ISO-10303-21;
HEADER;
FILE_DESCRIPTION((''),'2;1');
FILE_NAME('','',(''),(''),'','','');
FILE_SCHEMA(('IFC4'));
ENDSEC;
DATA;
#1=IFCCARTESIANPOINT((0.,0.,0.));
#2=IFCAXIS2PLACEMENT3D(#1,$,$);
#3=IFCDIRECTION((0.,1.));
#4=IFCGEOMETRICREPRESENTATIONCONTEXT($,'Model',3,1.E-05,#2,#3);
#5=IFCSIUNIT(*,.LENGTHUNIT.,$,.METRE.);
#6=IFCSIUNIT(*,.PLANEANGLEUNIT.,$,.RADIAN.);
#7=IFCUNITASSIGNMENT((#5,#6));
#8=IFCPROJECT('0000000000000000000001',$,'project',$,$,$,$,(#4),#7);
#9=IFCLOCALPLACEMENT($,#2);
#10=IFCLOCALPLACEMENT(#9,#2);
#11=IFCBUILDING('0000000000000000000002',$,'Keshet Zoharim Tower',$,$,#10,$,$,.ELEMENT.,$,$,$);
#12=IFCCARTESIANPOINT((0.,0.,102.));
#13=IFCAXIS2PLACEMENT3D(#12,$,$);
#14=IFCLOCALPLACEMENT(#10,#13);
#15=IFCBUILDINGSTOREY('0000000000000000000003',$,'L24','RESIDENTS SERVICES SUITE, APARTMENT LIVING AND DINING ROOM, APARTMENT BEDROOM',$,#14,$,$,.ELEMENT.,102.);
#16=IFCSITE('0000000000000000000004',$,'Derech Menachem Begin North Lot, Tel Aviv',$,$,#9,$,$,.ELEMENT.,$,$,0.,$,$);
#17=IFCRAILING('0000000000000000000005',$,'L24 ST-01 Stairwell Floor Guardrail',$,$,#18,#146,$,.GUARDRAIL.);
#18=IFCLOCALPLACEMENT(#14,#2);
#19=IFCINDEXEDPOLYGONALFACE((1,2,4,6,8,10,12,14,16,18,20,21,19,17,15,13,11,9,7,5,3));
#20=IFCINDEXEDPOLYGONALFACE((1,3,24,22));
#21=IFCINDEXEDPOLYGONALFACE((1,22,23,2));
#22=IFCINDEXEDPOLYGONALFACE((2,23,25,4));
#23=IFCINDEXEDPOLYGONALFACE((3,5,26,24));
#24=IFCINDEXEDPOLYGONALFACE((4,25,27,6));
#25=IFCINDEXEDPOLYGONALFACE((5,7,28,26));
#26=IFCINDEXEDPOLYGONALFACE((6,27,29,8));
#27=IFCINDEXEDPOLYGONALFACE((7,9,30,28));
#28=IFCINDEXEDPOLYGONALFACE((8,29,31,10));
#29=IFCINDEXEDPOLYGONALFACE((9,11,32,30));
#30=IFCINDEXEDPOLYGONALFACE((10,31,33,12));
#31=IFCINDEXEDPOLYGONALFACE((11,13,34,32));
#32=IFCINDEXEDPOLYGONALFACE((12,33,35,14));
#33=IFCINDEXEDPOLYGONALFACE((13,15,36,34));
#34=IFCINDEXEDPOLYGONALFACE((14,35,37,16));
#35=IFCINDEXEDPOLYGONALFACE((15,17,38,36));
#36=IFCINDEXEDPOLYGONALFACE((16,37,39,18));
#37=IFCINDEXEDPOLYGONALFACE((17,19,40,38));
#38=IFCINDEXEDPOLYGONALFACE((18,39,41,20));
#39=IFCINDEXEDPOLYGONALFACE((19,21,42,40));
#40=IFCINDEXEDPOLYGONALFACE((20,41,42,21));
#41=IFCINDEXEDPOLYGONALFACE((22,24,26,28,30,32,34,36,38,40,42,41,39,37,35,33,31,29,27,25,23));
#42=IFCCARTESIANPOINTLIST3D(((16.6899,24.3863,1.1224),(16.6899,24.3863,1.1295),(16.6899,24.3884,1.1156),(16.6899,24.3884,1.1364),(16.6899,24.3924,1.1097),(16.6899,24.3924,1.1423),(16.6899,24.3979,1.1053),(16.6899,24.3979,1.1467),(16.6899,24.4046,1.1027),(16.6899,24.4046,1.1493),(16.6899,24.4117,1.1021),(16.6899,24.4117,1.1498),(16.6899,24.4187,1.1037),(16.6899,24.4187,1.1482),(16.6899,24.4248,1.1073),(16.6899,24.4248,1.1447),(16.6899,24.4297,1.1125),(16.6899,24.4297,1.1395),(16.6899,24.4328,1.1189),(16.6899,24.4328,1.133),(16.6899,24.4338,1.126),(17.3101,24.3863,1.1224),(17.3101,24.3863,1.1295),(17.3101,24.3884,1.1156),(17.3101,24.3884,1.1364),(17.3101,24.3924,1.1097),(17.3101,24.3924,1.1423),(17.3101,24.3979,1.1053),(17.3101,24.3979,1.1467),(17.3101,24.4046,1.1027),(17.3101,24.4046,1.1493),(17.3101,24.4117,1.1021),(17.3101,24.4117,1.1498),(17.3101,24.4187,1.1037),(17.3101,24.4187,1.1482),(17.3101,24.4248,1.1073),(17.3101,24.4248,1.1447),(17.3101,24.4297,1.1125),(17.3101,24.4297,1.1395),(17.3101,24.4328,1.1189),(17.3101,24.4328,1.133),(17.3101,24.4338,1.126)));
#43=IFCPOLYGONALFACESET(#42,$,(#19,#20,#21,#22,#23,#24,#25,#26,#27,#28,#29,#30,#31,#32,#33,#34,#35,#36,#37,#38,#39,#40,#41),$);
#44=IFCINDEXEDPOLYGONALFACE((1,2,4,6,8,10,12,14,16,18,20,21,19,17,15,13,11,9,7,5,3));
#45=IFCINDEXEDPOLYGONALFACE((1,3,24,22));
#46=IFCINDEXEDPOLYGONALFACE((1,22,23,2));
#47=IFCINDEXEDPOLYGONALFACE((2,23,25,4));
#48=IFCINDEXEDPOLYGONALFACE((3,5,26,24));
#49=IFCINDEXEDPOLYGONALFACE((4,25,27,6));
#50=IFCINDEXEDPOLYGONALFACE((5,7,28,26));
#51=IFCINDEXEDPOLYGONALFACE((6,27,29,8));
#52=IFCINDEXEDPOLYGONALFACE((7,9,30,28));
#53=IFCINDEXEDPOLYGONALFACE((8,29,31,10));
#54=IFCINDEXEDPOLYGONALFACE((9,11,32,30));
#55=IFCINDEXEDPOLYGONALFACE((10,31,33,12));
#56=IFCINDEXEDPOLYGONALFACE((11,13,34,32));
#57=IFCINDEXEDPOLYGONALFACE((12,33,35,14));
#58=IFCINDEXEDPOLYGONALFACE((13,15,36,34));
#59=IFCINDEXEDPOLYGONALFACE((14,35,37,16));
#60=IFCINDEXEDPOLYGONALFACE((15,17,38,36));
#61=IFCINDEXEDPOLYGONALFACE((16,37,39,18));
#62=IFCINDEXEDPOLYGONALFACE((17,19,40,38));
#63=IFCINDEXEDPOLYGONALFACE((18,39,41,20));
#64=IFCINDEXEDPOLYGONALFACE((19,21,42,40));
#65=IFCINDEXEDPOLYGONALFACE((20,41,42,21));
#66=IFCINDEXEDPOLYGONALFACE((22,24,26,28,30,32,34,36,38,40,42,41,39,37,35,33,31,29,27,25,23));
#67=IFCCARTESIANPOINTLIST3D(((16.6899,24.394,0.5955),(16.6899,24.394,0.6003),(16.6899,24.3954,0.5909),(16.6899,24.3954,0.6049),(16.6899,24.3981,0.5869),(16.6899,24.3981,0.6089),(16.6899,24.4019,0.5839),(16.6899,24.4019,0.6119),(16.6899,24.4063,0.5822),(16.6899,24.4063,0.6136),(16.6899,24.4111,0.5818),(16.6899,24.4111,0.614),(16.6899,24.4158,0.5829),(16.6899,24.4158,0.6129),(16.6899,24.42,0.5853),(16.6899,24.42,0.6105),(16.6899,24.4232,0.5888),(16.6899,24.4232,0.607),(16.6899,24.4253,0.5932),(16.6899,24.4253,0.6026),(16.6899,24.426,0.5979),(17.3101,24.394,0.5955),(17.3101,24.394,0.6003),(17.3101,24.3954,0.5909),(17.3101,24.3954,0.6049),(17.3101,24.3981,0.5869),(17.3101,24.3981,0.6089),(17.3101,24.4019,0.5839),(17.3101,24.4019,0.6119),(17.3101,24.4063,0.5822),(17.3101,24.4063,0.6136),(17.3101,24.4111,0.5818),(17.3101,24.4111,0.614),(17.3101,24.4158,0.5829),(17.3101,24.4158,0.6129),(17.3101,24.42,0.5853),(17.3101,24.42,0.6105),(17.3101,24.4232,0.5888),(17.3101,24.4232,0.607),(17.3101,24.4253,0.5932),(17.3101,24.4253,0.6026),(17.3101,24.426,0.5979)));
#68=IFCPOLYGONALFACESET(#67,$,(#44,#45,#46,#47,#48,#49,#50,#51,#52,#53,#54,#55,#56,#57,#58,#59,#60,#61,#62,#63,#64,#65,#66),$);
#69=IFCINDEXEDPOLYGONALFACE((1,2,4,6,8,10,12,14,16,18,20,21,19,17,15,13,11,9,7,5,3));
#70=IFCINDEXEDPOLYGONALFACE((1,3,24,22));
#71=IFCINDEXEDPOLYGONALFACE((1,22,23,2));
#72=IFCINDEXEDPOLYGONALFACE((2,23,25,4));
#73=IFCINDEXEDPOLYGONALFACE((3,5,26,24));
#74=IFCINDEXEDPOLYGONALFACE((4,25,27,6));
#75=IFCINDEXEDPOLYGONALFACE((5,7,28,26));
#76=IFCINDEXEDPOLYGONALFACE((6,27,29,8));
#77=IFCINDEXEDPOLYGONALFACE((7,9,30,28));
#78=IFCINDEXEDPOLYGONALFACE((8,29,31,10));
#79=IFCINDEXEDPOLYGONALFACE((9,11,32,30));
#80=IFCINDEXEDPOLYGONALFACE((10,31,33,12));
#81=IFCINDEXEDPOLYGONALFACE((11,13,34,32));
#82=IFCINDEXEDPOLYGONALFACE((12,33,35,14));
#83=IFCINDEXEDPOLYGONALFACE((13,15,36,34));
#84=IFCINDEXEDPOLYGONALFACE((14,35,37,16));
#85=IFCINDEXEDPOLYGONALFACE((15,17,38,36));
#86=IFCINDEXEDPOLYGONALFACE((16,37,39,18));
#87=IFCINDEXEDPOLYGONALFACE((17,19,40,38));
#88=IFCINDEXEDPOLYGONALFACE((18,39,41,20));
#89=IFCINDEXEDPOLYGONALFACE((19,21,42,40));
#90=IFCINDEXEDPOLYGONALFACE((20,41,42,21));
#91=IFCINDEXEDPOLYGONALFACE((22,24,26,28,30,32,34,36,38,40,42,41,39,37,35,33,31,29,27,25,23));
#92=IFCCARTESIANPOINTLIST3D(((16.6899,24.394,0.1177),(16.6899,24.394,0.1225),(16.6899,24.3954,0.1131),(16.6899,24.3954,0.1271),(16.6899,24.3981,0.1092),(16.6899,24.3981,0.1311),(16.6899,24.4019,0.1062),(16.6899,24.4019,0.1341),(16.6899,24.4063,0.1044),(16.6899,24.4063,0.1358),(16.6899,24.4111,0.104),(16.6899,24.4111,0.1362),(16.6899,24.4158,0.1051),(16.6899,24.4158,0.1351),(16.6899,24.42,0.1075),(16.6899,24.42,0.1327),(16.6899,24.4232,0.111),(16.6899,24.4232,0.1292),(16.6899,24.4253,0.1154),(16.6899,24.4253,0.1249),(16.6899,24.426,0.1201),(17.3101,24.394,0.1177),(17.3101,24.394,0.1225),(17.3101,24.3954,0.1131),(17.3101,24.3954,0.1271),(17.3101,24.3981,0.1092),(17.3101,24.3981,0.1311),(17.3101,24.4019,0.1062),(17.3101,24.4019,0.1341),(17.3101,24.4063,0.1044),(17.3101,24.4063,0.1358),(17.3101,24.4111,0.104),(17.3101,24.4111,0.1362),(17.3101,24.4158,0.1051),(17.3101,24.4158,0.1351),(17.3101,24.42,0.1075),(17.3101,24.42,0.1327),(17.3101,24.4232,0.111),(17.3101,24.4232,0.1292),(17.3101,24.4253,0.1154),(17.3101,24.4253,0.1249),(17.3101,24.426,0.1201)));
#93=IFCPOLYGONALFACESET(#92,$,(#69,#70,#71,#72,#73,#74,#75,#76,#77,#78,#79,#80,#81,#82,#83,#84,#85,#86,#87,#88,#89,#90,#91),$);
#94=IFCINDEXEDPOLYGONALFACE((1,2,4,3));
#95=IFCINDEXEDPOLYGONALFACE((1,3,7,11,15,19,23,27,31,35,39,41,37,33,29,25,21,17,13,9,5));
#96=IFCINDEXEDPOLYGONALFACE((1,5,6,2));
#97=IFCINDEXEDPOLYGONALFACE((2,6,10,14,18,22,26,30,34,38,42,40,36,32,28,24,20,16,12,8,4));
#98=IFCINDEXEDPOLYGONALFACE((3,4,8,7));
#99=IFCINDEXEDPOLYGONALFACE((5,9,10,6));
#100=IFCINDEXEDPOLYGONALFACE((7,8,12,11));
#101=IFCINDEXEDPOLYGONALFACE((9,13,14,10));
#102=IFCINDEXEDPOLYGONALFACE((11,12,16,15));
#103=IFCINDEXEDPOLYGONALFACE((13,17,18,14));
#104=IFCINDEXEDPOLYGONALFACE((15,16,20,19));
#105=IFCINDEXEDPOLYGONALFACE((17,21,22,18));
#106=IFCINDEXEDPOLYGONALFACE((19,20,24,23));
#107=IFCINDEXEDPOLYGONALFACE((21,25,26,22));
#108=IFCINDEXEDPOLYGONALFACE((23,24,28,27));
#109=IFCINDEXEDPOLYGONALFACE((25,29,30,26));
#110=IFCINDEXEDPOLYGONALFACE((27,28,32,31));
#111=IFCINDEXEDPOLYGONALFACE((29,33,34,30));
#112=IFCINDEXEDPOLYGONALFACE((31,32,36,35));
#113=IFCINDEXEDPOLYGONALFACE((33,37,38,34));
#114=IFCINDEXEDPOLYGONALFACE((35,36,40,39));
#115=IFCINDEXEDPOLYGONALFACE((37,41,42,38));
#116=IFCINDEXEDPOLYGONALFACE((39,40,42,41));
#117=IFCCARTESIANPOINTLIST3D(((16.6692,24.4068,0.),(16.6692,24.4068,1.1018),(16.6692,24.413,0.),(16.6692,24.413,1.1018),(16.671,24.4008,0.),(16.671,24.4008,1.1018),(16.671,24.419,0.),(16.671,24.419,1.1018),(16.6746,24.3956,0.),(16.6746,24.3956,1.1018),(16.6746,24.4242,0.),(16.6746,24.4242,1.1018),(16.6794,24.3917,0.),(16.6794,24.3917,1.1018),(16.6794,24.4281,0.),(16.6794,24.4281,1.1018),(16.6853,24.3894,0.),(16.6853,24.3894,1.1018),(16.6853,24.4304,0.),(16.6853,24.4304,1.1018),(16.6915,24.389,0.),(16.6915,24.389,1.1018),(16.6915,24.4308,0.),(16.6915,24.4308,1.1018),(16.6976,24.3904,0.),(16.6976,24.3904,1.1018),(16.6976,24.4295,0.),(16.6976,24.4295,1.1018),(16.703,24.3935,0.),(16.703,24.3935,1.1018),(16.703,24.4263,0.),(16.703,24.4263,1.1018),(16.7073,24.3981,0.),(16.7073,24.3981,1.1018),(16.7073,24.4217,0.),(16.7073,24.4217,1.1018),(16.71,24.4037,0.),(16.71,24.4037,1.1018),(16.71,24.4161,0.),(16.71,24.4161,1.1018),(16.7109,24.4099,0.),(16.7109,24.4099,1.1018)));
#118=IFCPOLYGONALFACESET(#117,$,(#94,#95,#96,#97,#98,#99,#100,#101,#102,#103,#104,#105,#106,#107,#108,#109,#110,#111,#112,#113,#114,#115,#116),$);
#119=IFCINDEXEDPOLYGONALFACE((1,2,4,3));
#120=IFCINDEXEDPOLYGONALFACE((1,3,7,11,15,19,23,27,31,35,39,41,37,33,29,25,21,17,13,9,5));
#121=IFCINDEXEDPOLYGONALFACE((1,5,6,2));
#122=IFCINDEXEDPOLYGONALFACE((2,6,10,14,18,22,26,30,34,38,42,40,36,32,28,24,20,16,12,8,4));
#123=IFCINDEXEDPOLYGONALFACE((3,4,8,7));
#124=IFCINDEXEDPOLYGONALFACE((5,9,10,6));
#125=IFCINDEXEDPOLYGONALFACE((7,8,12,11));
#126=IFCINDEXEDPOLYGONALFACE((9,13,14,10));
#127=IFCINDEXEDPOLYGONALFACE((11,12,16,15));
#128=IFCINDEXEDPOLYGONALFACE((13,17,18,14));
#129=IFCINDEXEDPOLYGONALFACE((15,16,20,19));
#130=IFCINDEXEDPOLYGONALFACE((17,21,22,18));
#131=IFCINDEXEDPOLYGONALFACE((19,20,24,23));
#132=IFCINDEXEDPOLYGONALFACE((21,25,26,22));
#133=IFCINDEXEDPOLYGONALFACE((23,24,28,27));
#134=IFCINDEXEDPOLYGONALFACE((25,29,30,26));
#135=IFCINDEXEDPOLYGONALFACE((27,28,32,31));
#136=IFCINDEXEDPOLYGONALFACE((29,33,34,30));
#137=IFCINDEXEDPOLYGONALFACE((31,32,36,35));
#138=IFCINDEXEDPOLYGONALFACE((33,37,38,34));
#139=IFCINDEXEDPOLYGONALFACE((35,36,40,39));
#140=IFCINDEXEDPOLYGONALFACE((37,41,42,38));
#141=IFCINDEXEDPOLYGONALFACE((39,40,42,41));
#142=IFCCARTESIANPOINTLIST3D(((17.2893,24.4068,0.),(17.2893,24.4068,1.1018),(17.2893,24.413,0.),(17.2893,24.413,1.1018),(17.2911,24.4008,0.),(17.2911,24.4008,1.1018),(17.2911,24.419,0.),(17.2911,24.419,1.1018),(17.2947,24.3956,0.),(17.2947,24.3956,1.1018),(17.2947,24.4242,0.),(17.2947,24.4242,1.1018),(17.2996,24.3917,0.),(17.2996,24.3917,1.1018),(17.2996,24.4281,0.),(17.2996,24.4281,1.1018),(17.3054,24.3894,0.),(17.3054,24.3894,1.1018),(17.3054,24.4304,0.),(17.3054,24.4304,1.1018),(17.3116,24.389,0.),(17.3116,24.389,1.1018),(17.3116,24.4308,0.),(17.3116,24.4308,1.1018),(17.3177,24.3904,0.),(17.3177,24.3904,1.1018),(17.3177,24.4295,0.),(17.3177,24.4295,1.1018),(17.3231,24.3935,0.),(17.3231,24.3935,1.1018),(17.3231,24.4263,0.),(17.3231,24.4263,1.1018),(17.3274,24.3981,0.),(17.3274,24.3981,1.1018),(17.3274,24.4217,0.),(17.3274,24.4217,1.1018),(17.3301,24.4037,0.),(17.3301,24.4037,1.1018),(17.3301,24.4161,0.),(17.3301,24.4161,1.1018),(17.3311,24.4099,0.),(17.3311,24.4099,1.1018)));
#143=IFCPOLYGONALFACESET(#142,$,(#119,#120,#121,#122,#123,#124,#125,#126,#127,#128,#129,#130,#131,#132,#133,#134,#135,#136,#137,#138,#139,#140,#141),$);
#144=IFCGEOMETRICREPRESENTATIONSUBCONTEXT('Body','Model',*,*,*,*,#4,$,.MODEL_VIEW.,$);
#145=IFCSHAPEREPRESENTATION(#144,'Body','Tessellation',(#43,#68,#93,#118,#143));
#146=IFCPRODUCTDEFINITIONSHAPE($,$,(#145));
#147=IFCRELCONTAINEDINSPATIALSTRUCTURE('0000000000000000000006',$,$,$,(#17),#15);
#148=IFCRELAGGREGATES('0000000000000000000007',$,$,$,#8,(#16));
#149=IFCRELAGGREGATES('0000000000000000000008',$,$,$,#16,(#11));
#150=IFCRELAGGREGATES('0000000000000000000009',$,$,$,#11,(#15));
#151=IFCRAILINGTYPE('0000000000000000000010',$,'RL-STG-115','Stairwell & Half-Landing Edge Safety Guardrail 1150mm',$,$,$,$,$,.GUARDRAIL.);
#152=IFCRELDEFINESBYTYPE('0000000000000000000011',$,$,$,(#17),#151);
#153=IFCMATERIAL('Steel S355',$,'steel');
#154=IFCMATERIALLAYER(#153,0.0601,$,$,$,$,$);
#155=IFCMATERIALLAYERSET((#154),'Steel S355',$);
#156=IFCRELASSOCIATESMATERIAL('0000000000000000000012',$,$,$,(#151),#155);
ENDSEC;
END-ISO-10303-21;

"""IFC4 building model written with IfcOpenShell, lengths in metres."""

from ifc_helpers import new_model, si_unit, direction, frame, origin, origin_2d, place, context, subcontext, project, spatial, circle, extrude, material, layer, layer_set, type_object, element, save


model = new_model("IFC4")

# Units and contexts
model_context = context("Model", 3, precision=1e-05, world=origin(), true_north=direction((0.0, 1.0)))
body_context = subcontext(model_context, "Body", "Model", "MODEL_VIEW")
ifc_project = project(units=[si_unit("LENGTHUNIT", "METRE"), si_unit("PLANEANGLEUNIT", "RADIAN")], contexts=[model_context])

# Site, building, storey
site_placement = place(None, origin())
site = spatial("IfcSite", under=ifc_project, at=site_placement, Name="Derech Menachem Begin North Lot, Tel Aviv", CompositionType="ELEMENT", RefElevation=0.0)
building_placement = place(site_placement, origin())
building = spatial("IfcBuilding", under=site, at=building_placement, Name="Keshet Zoharim Tower", CompositionType="ELEMENT")
storey_placement = place(building_placement, frame((0.0, 0.0, 102.0)))
storey = spatial("IfcBuildingStorey", under=building, at=storey_placement, Name="L24", Description="RESIDENTS SERVICES SUITE, APARTMENT LIVING AND DINING ROOM, APARTMENT BEDROOM", CompositionType="ELEMENT", Elevation=102.0)

# Railing
ifc_material_1 = material(Name="Steel S355", Category="steel")
ifc_layer_1 = layer(ifc_material_1, 0.0601)
ifc_layer_set_1 = layer_set([ifc_layer_1], Name="Steel S355")
railing_type = type_object("IfcRailingType", Name="RL-STG-115", Description="Stairwell & Half-Landing Edge Safety Guardrail 1150mm", PredefinedType="GUARDRAIL", material=ifc_layer_set_1)
railing_placement = place(storey_placement, frame((16.6899, 24.4099, 0.0)))
element("IfcRailing", 1, at=railing_placement, inside=storey, type_object=railing_type, Name="L24 ST-01 Stairwell Floor Guardrail", PredefinedType="GUARDRAIL", context=body_context, shape_type="SweptSolid", body=[
    extrude(circle(Radius=0.0239, at=origin_2d()), frame((0.0, 0.0, 1.126), z_axis=(1.0, 0.0, 0.0), x_axis=(0.0, 1.0, 0.0)), (0.0, 0.0, 1.0), 0.6201),
    extrude(circle(Radius=0.0161, at=origin_2d()), frame((0.0, 0.0, 0.5979), z_axis=(1.0, 0.0, 0.0), x_axis=(0.0, 1.0, 0.0)), (0.0, 0.0, 1.0), 0.6201),
    extrude(circle(Radius=0.0161, at=origin_2d()), frame((0.0, 0.0, 0.1201), z_axis=(1.0, 0.0, 0.0), x_axis=(0.0, 1.0, 0.0)), (0.0, 0.0, 1.0), 0.6201),
    extrude(circle(Radius=0.021, at=origin_2d()), origin(), (0.0, 0.0, 1.0), 1.1018),
    extrude(circle(Radius=0.021, at=origin_2d()), frame((0.6201, 0.0, 0.0)), (0.0, 0.0, 1.0), 1.1018),
])

save(model, "model.ifc")
